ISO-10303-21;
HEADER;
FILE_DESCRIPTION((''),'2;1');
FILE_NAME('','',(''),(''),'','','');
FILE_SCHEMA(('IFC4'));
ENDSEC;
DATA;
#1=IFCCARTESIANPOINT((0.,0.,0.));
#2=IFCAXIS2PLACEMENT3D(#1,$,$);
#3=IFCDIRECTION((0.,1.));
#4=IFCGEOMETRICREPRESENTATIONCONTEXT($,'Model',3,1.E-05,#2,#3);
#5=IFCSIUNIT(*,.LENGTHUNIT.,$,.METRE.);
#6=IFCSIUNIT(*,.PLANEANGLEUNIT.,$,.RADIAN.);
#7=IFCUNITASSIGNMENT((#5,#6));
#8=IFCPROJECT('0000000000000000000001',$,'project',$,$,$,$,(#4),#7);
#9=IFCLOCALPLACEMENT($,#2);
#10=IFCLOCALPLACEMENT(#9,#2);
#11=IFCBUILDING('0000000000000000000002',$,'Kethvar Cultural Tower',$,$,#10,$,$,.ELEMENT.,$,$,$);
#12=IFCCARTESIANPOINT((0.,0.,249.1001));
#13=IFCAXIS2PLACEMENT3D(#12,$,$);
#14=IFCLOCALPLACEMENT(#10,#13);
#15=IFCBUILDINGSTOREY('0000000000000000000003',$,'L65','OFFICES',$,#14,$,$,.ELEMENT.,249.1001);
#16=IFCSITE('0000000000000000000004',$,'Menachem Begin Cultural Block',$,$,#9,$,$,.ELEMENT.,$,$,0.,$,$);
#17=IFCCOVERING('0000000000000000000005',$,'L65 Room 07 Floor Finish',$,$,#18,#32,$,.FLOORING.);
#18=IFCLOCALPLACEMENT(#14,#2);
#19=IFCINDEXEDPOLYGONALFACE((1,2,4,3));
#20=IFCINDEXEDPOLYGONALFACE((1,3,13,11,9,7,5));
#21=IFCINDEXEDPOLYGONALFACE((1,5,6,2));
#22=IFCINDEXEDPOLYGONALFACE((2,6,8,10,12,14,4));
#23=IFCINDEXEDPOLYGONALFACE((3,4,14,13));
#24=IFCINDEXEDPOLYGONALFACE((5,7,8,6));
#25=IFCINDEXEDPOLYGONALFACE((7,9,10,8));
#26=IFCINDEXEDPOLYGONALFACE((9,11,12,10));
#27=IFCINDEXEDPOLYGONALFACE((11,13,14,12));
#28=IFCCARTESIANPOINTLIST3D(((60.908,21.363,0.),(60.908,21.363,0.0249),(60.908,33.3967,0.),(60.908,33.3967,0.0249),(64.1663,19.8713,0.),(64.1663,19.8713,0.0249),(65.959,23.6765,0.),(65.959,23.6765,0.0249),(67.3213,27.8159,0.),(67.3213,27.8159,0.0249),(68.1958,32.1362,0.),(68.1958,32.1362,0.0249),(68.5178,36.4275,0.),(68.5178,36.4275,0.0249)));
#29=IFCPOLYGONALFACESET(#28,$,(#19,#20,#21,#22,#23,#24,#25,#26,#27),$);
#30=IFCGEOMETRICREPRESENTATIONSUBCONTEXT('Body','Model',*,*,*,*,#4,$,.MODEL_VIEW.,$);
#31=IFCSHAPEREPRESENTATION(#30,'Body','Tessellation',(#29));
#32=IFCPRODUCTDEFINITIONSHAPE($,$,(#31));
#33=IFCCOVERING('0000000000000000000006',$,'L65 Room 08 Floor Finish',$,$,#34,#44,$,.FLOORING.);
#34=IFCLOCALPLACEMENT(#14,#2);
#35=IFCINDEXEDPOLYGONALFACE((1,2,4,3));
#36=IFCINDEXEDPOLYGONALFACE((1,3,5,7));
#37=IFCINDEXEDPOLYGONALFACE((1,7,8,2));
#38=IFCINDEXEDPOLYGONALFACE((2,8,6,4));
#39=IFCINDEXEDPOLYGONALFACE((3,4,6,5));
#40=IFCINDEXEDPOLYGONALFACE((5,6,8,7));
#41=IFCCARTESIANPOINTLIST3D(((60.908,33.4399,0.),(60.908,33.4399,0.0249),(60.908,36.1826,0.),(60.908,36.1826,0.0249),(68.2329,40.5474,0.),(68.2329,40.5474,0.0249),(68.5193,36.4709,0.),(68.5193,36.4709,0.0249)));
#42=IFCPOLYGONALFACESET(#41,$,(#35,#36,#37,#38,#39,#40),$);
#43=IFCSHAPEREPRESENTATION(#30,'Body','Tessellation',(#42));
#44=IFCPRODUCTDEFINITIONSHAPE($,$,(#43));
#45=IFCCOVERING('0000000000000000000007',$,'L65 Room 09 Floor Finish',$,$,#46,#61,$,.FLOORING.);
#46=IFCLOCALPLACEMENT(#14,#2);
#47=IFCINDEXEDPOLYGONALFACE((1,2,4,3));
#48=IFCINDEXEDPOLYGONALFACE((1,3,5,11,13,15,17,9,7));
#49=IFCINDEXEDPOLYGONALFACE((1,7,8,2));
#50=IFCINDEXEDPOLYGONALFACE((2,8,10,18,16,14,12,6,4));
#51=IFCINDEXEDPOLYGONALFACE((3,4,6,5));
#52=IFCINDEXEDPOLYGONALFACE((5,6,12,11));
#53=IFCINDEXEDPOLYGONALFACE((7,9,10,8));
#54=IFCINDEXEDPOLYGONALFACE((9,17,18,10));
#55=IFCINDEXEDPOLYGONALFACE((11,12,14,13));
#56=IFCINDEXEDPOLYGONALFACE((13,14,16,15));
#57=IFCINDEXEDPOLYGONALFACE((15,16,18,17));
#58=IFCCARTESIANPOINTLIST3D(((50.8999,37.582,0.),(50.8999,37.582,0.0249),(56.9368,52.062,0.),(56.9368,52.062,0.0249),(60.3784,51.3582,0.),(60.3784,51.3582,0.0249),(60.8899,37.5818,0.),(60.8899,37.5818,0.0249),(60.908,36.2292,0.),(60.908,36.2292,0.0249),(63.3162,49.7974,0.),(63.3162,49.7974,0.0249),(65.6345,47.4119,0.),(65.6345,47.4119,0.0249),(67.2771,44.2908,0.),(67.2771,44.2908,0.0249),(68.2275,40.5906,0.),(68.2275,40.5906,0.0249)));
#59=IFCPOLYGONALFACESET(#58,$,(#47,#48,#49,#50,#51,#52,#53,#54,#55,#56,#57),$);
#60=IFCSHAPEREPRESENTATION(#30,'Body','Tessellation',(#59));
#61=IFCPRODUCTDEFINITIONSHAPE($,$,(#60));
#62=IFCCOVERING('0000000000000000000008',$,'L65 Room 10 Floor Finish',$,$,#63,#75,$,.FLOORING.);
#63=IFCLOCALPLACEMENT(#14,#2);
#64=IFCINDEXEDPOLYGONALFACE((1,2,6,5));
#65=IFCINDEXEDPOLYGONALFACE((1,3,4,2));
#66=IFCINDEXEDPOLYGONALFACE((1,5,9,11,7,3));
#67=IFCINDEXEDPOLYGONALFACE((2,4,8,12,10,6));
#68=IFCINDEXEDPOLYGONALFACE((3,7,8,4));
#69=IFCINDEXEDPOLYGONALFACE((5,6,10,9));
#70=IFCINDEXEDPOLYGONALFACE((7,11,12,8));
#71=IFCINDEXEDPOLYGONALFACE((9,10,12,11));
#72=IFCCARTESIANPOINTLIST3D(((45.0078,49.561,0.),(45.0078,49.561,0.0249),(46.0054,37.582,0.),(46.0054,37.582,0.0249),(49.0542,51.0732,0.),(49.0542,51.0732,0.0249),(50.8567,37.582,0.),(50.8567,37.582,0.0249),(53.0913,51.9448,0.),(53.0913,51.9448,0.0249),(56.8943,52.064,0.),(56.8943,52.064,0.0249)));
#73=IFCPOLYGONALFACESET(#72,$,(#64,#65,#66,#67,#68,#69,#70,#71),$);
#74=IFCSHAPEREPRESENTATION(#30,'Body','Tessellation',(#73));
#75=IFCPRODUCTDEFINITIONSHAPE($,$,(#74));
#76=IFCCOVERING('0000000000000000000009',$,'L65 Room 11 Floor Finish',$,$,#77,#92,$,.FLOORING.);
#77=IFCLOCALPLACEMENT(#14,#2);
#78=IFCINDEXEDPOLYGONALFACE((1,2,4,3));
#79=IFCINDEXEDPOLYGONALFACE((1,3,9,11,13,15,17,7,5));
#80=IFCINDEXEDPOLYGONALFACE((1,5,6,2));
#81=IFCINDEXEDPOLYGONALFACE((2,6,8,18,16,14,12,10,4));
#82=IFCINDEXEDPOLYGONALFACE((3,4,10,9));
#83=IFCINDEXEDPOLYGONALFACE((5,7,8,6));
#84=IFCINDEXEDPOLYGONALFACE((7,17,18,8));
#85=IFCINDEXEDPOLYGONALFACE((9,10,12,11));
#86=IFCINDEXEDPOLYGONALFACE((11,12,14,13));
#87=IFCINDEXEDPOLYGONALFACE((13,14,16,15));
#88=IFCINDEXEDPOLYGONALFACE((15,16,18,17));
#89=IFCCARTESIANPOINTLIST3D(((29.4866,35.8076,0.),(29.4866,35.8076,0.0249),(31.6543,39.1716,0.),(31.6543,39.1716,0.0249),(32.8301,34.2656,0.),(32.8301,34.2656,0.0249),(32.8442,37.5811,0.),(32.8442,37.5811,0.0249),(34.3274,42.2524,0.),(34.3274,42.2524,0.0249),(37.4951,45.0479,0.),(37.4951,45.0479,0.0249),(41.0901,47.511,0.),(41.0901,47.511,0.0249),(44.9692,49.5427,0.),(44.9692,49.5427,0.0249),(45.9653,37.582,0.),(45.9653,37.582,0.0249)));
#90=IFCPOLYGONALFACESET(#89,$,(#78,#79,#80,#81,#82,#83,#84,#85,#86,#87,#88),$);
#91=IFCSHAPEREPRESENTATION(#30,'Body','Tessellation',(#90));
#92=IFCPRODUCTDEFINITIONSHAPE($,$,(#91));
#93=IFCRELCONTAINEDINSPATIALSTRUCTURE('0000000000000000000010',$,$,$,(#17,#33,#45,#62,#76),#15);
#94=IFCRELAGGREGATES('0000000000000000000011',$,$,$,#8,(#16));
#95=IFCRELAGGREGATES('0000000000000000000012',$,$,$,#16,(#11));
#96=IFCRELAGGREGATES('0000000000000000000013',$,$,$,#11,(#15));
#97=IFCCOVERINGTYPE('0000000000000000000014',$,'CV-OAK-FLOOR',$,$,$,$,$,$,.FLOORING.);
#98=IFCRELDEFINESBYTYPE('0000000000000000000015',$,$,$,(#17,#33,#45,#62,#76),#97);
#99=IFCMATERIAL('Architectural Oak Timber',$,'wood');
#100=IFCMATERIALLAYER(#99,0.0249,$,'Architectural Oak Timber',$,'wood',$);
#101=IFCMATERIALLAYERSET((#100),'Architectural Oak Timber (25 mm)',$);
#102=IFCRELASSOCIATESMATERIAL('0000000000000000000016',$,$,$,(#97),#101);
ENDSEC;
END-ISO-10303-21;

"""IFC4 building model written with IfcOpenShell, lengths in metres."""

from ifc_helpers import new_model, si_unit, direction, frame, origin, place, context, subcontext, project, spatial, polyline, outline, extrude, material, layer, layer_set, type_object, element, save


model = new_model("IFC4")

# Units and contexts
model_context = context("Model", 3, precision=1e-05, world=origin(), true_north=direction((0.0, 1.0)))
body_context = subcontext(model_context, "Body", "Model", "MODEL_VIEW")
ifc_project = project(units=[si_unit("LENGTHUNIT", "METRE"), si_unit("PLANEANGLEUNIT", "RADIAN")], contexts=[model_context])

# Site, building, storey
site_placement = place(None, origin())
site = spatial("IfcSite", under=ifc_project, at=site_placement, Name="Menachem Begin Cultural Block", CompositionType="ELEMENT", RefElevation=0.0)
building_placement = place(site_placement, origin())
building = spatial("IfcBuilding", under=site, at=building_placement, Name="Kethvar Cultural Tower", CompositionType="ELEMENT")
storey_placement = place(building_placement, frame((0.0, 0.0, 249.1001)))
storey = spatial("IfcBuildingStorey", under=building, at=storey_placement, Name="L65", Description="OFFICES", CompositionType="ELEMENT", Elevation=249.1001)

# Coverings
ifc_material_1 = material(Name="Architectural Oak Timber", Category="wood")
ifc_layer_1 = layer(ifc_material_1, 0.0249, Name="Architectural Oak Timber", Category="wood")
ifc_layer_set_1 = layer_set([ifc_layer_1], Name="Architectural Oak Timber (25 mm)")
covering_type_1 = type_object("IfcCoveringType", Name="CV-OAK-FLOOR", PredefinedType="FLOORING", material=ifc_layer_set_1)
covering_1_placement = place(storey_placement, origin())
element("IfcCovering", 1, at=covering_1_placement, inside=storey, type_object=covering_type_1, Name="L65 Room 07 Floor Finish", PredefinedType="FLOORING", context=body_context, shape_type="SweptSolid", body=[
    extrude(outline(polyline([(68.1958, 32.1362), (67.3213, 27.8159), (65.959, 23.6765), (64.1663, 19.8713), (60.908, 21.363), (60.908, 33.3967), (68.5178, 36.4275), (68.1958, 32.1362)])), origin(), (0.0, 0.0, 1.0), 0.0249),
])
covering_2_placement = place(storey_placement, origin())
element("IfcCovering", 2, at=covering_2_placement, inside=storey, type_object=covering_type_1, Name="L65 Room 08 Floor Finish", PredefinedType="FLOORING", context=body_context, shape_type="SweptSolid", body=[
    extrude(outline(polyline([(68.5193, 36.4709), (60.908, 33.4399), (60.908, 36.1826), (68.2329, 40.5474), (68.5193, 36.4709)])), origin(), (0.0, 0.0, 1.0), 0.0249),
])
covering_3_placement = place(storey_placement, origin())
element("IfcCovering", 3, at=covering_3_placement, inside=storey, type_object=covering_type_1, Name="L65 Room 09 Floor Finish", PredefinedType="FLOORING", context=body_context, shape_type="SweptSolid", body=[
    extrude(outline(polyline([(67.2771, 44.2908), (68.2275, 40.5906), (60.908, 36.2292), (60.8899, 37.5818), (50.8999, 37.582), (56.9368, 52.062), (60.3784, 51.3582), (63.3162, 49.7974), (65.6345, 47.4119), (67.2771, 44.2908)])), origin(), (0.0, 0.0, 1.0), 0.0249),
])
covering_4_placement = place(storey_placement, origin())
element("IfcCovering", 4, at=covering_4_placement, inside=storey, type_object=covering_type_1, Name="L65 Room 10 Floor Finish", PredefinedType="FLOORING", context=body_context, shape_type="SweptSolid", body=[
    extrude(outline(polyline([(49.0542, 51.0732), (53.0913, 51.9448), (56.8943, 52.064), (50.8567, 37.582), (46.0054, 37.582), (45.0078, 49.561), (49.0542, 51.0732)])), origin(), (0.0, 0.0, 1.0), 0.0249),
])
covering_5_placement = place(storey_placement, origin())
element("IfcCovering", 5, at=covering_5_placement, inside=storey, type_object=covering_type_1, Name="L65 Room 11 Floor Finish", PredefinedType="FLOORING", context=body_context, shape_type="SweptSolid", body=[
    extrude(outline(polyline([(31.6543, 39.1716), (34.3274, 42.2524), (37.4951, 45.0479), (41.0901, 47.511), (44.9692, 49.5427), (45.9653, 37.582), (32.8442, 37.5811), (32.8301, 34.2656), (29.4866, 35.8076), (31.6543, 39.1716)])), origin(), (0.0, 0.0, 1.0), 0.0249),
])

save(model, "model.ifc")
